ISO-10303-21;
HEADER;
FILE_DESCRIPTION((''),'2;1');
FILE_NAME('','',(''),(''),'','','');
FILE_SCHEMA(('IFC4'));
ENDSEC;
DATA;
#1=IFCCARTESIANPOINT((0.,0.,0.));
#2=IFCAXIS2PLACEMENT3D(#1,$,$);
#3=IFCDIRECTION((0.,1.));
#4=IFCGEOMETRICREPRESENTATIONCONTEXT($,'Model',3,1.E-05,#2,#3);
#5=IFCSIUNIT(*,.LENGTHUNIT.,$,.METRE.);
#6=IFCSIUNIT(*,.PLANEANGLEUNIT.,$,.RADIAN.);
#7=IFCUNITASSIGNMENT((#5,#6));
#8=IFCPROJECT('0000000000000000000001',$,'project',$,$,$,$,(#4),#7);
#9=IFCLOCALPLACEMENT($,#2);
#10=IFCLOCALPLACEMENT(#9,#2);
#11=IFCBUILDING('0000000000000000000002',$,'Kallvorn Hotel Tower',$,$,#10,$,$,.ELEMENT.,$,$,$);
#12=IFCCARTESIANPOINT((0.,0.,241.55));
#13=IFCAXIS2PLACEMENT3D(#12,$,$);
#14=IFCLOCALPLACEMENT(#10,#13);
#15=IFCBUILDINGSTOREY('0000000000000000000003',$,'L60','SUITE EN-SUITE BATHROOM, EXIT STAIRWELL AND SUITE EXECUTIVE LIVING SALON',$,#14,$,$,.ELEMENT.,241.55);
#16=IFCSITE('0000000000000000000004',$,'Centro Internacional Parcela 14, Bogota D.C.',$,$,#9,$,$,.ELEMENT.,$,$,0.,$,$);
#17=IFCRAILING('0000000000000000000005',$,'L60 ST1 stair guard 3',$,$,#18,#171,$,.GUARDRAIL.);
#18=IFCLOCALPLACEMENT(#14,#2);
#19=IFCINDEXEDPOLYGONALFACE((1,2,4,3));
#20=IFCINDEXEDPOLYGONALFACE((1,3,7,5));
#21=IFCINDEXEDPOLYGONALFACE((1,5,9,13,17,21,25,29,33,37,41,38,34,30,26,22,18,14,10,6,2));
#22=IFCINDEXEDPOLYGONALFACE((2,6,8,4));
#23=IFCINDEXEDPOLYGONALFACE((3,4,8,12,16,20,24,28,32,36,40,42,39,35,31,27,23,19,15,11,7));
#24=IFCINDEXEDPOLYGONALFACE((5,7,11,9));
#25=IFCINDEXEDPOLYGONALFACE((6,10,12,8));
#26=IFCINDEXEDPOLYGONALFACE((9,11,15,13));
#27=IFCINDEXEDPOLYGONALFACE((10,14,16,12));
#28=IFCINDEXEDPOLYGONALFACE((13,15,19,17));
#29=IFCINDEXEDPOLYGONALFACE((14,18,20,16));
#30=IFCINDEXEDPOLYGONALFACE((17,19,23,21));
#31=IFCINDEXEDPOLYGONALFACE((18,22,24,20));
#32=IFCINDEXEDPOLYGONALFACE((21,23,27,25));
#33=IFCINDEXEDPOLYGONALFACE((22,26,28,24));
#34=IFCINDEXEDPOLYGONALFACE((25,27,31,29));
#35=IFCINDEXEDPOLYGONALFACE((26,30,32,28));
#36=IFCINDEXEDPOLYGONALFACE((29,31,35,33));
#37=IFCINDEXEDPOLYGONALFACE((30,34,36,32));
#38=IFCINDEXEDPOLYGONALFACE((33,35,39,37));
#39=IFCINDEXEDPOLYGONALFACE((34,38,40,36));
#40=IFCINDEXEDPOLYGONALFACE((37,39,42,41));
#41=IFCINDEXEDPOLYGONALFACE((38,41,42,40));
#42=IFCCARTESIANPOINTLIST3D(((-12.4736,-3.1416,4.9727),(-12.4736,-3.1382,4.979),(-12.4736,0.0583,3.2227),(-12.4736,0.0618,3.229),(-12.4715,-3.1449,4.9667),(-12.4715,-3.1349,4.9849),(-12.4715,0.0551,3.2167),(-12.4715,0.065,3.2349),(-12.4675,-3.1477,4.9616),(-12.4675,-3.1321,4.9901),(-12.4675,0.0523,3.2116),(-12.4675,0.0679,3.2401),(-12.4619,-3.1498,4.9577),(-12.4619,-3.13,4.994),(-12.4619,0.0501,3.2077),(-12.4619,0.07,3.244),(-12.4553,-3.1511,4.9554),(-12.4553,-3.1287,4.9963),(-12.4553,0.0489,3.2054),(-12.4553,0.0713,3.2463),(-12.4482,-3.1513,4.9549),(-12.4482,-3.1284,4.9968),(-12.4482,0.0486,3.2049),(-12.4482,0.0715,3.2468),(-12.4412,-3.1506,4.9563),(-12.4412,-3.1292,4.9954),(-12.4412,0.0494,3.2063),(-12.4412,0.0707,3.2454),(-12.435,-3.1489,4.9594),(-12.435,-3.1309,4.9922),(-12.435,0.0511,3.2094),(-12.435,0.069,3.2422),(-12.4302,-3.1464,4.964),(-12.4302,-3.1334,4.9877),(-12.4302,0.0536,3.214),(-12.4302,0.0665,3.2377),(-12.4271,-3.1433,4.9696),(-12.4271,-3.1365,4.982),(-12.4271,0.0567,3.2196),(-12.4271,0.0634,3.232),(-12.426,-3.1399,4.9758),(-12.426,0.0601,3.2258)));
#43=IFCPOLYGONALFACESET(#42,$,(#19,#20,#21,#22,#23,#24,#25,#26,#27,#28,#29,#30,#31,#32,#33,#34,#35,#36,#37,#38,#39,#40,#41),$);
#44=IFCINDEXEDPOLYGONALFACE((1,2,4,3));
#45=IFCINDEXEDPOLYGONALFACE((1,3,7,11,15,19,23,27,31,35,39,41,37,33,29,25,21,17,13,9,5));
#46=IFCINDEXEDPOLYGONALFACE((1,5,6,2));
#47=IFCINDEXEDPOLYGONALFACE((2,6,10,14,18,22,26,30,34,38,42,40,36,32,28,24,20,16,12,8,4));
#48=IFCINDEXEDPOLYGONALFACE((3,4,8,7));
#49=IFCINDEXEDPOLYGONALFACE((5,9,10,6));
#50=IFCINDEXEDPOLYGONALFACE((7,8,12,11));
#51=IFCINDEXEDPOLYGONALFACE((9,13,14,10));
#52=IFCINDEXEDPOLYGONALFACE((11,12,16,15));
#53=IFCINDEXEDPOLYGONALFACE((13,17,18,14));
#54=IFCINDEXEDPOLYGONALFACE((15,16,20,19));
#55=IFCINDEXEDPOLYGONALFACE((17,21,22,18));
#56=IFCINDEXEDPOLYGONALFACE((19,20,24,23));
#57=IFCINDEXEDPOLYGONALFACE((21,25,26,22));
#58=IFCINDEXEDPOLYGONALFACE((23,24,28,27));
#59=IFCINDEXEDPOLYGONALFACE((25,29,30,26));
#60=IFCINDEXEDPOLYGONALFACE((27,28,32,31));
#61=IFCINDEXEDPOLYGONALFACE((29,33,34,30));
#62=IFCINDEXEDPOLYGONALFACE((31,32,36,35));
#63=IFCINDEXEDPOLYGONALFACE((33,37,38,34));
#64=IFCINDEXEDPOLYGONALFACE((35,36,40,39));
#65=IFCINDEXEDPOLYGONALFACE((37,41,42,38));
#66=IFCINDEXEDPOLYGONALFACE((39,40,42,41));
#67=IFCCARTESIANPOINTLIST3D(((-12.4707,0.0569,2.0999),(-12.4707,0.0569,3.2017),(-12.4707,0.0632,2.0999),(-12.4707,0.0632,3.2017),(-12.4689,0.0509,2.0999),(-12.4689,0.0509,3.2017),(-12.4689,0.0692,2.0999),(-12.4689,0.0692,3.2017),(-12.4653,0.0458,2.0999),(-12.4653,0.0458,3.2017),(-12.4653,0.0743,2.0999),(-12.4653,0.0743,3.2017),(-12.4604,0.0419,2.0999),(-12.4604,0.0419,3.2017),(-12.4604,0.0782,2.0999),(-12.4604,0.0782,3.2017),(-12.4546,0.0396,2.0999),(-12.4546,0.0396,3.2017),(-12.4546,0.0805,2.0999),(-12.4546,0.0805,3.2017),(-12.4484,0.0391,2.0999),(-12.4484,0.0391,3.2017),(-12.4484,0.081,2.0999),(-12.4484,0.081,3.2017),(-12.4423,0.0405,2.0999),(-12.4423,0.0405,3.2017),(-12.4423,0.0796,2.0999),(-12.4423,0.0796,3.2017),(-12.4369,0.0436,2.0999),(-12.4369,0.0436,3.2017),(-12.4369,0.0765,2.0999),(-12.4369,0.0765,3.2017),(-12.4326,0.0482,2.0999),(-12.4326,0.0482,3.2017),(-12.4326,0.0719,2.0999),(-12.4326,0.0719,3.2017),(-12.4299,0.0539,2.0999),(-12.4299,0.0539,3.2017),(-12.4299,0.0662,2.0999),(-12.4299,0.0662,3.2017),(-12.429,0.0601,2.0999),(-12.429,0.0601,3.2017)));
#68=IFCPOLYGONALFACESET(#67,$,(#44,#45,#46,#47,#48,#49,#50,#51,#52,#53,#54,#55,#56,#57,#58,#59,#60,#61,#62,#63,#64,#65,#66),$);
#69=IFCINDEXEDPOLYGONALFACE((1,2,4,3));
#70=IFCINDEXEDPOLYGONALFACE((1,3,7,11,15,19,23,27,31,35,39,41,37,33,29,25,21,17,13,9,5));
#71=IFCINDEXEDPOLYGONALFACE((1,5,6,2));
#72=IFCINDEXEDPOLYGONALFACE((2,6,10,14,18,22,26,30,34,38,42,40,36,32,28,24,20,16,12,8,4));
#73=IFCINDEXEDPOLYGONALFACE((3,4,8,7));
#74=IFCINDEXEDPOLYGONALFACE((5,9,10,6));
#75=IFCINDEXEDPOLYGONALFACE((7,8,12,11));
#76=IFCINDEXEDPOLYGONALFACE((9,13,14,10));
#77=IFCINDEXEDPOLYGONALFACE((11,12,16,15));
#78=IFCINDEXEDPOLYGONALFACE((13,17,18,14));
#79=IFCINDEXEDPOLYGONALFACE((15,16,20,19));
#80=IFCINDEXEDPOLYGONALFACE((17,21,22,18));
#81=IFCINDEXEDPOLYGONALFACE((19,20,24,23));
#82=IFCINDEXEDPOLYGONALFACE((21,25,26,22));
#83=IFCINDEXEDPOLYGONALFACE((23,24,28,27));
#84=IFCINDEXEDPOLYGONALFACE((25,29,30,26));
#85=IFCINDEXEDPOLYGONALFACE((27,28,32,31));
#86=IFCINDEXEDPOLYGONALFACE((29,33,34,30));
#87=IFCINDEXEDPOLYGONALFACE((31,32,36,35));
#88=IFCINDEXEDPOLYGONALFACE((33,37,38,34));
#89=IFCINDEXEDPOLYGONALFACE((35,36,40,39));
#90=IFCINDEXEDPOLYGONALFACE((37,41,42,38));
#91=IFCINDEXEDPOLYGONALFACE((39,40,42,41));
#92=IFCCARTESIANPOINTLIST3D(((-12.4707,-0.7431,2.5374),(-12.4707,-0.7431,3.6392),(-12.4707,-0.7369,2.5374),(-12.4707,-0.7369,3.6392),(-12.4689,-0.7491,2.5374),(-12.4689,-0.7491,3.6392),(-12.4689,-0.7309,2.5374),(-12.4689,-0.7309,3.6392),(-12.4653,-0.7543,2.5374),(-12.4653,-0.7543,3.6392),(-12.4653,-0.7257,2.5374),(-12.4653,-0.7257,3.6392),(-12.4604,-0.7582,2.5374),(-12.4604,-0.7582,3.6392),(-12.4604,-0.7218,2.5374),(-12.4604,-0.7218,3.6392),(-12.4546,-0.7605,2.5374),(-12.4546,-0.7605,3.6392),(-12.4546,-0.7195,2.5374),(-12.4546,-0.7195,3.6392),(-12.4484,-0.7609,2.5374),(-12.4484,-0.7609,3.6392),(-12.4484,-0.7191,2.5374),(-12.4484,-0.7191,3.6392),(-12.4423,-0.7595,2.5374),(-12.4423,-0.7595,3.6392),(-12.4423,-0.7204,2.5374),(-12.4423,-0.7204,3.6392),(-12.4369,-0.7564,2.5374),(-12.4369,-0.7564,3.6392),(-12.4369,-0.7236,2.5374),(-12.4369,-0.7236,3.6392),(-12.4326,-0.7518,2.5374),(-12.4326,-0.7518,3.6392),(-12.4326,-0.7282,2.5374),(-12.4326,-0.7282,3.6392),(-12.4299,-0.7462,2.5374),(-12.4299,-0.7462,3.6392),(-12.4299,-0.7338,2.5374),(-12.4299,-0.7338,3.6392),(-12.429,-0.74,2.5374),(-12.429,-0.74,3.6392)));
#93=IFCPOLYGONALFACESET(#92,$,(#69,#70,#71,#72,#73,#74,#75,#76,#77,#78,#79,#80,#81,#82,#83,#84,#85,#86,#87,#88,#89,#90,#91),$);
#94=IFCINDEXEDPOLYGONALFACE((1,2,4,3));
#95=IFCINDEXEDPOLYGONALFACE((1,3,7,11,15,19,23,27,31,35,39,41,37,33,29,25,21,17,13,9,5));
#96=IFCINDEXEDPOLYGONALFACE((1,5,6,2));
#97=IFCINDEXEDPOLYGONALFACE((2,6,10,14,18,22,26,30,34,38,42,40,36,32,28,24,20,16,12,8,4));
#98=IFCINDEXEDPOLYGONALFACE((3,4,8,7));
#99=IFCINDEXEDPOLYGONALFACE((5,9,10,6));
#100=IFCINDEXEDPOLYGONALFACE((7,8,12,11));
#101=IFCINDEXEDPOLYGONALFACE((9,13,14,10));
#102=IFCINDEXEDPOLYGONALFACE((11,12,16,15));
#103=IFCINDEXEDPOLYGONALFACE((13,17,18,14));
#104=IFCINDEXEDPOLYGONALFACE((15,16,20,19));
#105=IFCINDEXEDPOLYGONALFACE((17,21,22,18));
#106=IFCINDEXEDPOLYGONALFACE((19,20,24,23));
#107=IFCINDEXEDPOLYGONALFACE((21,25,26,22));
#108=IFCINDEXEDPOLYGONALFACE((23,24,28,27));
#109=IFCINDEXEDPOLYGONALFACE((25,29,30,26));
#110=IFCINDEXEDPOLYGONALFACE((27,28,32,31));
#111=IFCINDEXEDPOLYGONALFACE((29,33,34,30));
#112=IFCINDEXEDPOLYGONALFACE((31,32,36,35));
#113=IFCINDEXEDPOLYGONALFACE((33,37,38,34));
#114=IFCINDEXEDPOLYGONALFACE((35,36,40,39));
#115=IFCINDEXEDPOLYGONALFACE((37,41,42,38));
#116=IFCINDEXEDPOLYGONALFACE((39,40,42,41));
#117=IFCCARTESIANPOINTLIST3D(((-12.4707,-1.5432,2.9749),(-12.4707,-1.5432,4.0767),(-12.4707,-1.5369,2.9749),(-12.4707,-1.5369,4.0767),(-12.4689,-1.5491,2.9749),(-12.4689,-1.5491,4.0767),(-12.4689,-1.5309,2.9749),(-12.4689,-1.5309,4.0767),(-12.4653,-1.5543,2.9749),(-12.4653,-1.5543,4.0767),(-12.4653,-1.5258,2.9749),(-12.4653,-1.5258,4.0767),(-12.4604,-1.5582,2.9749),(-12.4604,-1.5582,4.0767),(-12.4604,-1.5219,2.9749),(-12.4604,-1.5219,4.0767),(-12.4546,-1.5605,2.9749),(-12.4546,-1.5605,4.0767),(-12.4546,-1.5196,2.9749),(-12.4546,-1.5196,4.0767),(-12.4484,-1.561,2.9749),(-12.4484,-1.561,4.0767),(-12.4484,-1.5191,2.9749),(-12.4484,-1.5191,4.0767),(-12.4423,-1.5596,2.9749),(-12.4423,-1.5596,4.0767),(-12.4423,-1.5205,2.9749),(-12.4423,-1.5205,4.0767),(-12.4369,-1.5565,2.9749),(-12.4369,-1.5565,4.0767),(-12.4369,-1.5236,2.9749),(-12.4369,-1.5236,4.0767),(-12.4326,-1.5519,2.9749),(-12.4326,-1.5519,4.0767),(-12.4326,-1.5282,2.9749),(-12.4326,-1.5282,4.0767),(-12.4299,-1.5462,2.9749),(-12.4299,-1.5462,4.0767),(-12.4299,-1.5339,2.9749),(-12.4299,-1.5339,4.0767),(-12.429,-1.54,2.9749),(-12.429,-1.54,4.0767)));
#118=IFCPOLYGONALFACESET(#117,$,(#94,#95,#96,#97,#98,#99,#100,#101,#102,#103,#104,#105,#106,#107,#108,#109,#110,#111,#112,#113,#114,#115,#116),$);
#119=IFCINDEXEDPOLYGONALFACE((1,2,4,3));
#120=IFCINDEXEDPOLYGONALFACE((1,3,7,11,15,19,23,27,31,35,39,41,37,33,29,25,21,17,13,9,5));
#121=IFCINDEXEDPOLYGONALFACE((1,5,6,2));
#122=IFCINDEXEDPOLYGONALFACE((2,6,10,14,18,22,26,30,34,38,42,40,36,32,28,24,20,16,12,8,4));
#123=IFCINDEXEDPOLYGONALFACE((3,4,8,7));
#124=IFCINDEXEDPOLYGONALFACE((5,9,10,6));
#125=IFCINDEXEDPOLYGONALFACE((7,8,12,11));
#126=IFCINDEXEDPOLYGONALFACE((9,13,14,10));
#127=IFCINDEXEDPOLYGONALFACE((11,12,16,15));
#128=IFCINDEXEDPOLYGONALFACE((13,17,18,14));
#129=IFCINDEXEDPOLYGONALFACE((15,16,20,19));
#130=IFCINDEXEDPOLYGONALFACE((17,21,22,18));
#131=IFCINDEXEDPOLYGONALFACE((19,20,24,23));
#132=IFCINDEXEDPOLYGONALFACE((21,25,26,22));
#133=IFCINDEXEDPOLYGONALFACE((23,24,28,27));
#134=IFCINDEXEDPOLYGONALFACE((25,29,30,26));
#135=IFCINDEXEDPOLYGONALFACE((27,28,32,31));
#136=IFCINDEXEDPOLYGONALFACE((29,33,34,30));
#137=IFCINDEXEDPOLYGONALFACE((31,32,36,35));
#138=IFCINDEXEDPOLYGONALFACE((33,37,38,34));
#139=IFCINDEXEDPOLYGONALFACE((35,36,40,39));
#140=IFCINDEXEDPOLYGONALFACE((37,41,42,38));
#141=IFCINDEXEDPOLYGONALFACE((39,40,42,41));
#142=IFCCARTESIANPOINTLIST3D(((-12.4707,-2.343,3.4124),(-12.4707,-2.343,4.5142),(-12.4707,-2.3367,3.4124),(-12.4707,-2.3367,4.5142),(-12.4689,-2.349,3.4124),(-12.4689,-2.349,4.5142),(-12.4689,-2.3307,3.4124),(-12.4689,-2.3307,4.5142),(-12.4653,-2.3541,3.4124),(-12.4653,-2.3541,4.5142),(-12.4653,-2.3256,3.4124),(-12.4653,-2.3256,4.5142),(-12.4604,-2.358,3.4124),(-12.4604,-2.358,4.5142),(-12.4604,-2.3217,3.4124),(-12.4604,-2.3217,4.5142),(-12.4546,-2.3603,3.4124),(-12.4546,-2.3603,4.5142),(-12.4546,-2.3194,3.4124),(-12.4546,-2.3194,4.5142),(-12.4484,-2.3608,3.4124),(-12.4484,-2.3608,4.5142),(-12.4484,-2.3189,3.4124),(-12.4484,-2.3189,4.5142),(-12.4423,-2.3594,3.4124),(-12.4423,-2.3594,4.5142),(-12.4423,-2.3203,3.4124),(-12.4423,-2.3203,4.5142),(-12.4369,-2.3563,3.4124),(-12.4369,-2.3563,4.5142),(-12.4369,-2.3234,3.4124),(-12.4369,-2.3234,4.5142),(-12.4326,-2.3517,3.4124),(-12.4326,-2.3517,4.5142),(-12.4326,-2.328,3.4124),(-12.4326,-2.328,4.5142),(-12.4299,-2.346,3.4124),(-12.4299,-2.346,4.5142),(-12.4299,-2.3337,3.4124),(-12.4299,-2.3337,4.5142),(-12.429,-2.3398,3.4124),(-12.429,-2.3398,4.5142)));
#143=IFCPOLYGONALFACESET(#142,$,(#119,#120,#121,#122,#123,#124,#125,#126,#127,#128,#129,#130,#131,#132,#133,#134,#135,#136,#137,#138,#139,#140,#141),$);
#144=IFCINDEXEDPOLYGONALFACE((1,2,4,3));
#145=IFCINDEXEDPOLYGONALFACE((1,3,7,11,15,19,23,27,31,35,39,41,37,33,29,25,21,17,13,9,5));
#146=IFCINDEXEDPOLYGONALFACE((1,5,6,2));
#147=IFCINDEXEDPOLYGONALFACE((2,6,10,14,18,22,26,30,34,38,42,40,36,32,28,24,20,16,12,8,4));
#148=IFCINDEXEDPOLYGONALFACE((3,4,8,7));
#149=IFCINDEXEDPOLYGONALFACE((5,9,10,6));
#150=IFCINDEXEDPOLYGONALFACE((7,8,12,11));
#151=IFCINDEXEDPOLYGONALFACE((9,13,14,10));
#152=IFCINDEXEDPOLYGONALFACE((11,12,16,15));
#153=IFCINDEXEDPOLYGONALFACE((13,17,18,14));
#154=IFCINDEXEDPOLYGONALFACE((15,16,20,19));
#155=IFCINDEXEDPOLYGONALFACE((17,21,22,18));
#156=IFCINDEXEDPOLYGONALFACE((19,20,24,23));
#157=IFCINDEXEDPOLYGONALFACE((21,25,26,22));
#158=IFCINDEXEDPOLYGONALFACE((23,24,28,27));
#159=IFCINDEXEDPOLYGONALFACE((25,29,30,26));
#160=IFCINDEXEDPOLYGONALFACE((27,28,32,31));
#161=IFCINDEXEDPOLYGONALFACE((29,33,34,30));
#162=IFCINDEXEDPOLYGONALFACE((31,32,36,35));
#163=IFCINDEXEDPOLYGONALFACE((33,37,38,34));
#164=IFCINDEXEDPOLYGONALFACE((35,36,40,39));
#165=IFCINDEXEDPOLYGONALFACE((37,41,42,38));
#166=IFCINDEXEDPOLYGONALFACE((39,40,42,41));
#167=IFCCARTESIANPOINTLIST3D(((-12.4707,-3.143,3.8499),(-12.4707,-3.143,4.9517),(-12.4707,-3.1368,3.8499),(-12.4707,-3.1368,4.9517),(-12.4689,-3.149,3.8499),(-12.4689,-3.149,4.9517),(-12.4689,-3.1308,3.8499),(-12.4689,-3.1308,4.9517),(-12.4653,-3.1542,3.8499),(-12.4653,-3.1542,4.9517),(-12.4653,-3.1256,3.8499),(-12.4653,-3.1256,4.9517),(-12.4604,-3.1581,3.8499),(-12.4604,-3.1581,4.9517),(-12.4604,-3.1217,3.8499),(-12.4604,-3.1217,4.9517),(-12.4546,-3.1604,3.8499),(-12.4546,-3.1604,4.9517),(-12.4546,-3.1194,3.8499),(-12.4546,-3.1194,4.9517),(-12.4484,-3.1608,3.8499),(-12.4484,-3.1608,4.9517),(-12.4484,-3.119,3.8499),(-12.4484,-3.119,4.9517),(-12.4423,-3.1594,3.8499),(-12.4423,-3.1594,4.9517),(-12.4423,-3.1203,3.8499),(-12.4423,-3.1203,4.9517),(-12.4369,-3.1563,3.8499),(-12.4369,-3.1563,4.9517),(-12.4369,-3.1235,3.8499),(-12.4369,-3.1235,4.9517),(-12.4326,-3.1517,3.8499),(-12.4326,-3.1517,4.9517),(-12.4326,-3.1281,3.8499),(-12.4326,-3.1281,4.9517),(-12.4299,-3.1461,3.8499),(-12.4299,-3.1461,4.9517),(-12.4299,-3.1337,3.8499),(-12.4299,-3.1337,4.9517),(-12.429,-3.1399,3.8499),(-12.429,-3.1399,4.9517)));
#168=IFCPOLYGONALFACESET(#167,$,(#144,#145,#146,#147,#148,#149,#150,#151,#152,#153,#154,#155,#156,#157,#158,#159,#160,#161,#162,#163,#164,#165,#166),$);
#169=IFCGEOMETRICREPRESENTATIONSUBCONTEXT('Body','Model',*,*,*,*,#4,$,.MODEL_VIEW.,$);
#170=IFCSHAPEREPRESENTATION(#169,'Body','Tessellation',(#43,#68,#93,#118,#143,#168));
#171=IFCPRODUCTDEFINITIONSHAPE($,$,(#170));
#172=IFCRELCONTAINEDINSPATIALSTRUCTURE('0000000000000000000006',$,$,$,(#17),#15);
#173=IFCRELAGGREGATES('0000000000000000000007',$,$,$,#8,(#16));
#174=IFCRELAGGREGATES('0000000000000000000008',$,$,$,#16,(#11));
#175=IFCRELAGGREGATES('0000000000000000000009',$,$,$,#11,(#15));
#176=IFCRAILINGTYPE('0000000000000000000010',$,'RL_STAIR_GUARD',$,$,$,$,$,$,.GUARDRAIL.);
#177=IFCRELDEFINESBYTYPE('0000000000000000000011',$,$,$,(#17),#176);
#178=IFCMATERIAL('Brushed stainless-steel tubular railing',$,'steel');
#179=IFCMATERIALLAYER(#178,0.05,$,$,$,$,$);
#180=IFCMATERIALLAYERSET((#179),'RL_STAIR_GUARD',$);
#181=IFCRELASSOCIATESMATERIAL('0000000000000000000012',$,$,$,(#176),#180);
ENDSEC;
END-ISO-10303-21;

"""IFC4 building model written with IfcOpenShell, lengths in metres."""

from ifc_helpers import new_model, si_unit, direction, frame, origin, origin_2d, place, context, subcontext, project, spatial, circle, extrude, material, layer, layer_set, type_object, element, save


model = new_model("IFC4")

# Units and contexts
model_context = context("Model", 3, precision=1e-05, world=origin(), true_north=direction((0.0, 1.0)))
body_context = subcontext(model_context, "Body", "Model", "MODEL_VIEW")
ifc_project = project(units=[si_unit("LENGTHUNIT", "METRE"), si_unit("PLANEANGLEUNIT", "RADIAN")], contexts=[model_context])

# Site, building, storey
site_placement = place(None, origin())
site = spatial("IfcSite", under=ifc_project, at=site_placement, Name="Centro Internacional Parcela 14, Bogota D.C.", CompositionType="ELEMENT", RefElevation=0.0)
building_placement = place(site_placement, origin())
building = spatial("IfcBuilding", under=site, at=building_placement, Name="Kallvorn Hotel Tower", CompositionType="ELEMENT")
storey_placement = place(building_placement, frame((0.0, 0.0, 241.55)))
storey = spatial("IfcBuildingStorey", under=building, at=storey_placement, Name="L60", Description="SUITE EN-SUITE BATHROOM, EXIT STAIRWELL AND SUITE EXECUTIVE LIVING SALON", CompositionType="ELEMENT", Elevation=241.55)

# Railing
ifc_material_1 = material(Name="Brushed stainless-steel tubular railing", Category="steel")
ifc_layer_1 = layer(ifc_material_1, 0.05)
ifc_layer_set_1 = layer_set([ifc_layer_1], Name="RL_STAIR_GUARD")
railing_type_1 = type_object("IfcRailingType", Name="RL_STAIR_GUARD", PredefinedType="GUARDRAIL", material=ifc_layer_set_1)
railing_1_placement = place(storey_placement, frame((-12.45, 0.0601, 2.0999)))
element("IfcRailing", 1, at=railing_1_placement, inside=storey, type_object=railing_type_1, Name="L60 ST1 stair guard 3", PredefinedType="GUARDRAIL", context=body_context, shape_type="SweptSolid", body=[
    extrude(circle(Radius=0.0239, at=origin_2d()), frame((0.0, 0.0, 1.126), z_axis=(0.0, -0.877368, 0.479818), x_axis=(1.0, 0.0, 0.0)), (0.0, 0.0, 1.0), 3.6472),
    extrude(circle(Radius=0.021, at=origin_2d()), origin(), (0.0, 0.0, 1.0), 1.1018),
    extrude(circle(Radius=0.021, at=origin_2d()), frame((0.0, -0.8, 0.4375)), (0.0, 0.0, 1.0), 1.1018),
    extrude(circle(Radius=0.021, at=origin_2d()), frame((0.0, -1.6001, 0.875)), (0.0, 0.0, 1.0), 1.1018),
    extrude(circle(Radius=0.021, at=origin_2d()), frame((0.0, -2.3999, 1.3125)), (0.0, 0.0, 1.0), 1.1018),
    extrude(circle(Radius=0.021, at=origin_2d()), frame((0.0, -3.2, 1.75)), (0.0, 0.0, 1.0), 1.1018),
])

save(model, "model.ifc")
